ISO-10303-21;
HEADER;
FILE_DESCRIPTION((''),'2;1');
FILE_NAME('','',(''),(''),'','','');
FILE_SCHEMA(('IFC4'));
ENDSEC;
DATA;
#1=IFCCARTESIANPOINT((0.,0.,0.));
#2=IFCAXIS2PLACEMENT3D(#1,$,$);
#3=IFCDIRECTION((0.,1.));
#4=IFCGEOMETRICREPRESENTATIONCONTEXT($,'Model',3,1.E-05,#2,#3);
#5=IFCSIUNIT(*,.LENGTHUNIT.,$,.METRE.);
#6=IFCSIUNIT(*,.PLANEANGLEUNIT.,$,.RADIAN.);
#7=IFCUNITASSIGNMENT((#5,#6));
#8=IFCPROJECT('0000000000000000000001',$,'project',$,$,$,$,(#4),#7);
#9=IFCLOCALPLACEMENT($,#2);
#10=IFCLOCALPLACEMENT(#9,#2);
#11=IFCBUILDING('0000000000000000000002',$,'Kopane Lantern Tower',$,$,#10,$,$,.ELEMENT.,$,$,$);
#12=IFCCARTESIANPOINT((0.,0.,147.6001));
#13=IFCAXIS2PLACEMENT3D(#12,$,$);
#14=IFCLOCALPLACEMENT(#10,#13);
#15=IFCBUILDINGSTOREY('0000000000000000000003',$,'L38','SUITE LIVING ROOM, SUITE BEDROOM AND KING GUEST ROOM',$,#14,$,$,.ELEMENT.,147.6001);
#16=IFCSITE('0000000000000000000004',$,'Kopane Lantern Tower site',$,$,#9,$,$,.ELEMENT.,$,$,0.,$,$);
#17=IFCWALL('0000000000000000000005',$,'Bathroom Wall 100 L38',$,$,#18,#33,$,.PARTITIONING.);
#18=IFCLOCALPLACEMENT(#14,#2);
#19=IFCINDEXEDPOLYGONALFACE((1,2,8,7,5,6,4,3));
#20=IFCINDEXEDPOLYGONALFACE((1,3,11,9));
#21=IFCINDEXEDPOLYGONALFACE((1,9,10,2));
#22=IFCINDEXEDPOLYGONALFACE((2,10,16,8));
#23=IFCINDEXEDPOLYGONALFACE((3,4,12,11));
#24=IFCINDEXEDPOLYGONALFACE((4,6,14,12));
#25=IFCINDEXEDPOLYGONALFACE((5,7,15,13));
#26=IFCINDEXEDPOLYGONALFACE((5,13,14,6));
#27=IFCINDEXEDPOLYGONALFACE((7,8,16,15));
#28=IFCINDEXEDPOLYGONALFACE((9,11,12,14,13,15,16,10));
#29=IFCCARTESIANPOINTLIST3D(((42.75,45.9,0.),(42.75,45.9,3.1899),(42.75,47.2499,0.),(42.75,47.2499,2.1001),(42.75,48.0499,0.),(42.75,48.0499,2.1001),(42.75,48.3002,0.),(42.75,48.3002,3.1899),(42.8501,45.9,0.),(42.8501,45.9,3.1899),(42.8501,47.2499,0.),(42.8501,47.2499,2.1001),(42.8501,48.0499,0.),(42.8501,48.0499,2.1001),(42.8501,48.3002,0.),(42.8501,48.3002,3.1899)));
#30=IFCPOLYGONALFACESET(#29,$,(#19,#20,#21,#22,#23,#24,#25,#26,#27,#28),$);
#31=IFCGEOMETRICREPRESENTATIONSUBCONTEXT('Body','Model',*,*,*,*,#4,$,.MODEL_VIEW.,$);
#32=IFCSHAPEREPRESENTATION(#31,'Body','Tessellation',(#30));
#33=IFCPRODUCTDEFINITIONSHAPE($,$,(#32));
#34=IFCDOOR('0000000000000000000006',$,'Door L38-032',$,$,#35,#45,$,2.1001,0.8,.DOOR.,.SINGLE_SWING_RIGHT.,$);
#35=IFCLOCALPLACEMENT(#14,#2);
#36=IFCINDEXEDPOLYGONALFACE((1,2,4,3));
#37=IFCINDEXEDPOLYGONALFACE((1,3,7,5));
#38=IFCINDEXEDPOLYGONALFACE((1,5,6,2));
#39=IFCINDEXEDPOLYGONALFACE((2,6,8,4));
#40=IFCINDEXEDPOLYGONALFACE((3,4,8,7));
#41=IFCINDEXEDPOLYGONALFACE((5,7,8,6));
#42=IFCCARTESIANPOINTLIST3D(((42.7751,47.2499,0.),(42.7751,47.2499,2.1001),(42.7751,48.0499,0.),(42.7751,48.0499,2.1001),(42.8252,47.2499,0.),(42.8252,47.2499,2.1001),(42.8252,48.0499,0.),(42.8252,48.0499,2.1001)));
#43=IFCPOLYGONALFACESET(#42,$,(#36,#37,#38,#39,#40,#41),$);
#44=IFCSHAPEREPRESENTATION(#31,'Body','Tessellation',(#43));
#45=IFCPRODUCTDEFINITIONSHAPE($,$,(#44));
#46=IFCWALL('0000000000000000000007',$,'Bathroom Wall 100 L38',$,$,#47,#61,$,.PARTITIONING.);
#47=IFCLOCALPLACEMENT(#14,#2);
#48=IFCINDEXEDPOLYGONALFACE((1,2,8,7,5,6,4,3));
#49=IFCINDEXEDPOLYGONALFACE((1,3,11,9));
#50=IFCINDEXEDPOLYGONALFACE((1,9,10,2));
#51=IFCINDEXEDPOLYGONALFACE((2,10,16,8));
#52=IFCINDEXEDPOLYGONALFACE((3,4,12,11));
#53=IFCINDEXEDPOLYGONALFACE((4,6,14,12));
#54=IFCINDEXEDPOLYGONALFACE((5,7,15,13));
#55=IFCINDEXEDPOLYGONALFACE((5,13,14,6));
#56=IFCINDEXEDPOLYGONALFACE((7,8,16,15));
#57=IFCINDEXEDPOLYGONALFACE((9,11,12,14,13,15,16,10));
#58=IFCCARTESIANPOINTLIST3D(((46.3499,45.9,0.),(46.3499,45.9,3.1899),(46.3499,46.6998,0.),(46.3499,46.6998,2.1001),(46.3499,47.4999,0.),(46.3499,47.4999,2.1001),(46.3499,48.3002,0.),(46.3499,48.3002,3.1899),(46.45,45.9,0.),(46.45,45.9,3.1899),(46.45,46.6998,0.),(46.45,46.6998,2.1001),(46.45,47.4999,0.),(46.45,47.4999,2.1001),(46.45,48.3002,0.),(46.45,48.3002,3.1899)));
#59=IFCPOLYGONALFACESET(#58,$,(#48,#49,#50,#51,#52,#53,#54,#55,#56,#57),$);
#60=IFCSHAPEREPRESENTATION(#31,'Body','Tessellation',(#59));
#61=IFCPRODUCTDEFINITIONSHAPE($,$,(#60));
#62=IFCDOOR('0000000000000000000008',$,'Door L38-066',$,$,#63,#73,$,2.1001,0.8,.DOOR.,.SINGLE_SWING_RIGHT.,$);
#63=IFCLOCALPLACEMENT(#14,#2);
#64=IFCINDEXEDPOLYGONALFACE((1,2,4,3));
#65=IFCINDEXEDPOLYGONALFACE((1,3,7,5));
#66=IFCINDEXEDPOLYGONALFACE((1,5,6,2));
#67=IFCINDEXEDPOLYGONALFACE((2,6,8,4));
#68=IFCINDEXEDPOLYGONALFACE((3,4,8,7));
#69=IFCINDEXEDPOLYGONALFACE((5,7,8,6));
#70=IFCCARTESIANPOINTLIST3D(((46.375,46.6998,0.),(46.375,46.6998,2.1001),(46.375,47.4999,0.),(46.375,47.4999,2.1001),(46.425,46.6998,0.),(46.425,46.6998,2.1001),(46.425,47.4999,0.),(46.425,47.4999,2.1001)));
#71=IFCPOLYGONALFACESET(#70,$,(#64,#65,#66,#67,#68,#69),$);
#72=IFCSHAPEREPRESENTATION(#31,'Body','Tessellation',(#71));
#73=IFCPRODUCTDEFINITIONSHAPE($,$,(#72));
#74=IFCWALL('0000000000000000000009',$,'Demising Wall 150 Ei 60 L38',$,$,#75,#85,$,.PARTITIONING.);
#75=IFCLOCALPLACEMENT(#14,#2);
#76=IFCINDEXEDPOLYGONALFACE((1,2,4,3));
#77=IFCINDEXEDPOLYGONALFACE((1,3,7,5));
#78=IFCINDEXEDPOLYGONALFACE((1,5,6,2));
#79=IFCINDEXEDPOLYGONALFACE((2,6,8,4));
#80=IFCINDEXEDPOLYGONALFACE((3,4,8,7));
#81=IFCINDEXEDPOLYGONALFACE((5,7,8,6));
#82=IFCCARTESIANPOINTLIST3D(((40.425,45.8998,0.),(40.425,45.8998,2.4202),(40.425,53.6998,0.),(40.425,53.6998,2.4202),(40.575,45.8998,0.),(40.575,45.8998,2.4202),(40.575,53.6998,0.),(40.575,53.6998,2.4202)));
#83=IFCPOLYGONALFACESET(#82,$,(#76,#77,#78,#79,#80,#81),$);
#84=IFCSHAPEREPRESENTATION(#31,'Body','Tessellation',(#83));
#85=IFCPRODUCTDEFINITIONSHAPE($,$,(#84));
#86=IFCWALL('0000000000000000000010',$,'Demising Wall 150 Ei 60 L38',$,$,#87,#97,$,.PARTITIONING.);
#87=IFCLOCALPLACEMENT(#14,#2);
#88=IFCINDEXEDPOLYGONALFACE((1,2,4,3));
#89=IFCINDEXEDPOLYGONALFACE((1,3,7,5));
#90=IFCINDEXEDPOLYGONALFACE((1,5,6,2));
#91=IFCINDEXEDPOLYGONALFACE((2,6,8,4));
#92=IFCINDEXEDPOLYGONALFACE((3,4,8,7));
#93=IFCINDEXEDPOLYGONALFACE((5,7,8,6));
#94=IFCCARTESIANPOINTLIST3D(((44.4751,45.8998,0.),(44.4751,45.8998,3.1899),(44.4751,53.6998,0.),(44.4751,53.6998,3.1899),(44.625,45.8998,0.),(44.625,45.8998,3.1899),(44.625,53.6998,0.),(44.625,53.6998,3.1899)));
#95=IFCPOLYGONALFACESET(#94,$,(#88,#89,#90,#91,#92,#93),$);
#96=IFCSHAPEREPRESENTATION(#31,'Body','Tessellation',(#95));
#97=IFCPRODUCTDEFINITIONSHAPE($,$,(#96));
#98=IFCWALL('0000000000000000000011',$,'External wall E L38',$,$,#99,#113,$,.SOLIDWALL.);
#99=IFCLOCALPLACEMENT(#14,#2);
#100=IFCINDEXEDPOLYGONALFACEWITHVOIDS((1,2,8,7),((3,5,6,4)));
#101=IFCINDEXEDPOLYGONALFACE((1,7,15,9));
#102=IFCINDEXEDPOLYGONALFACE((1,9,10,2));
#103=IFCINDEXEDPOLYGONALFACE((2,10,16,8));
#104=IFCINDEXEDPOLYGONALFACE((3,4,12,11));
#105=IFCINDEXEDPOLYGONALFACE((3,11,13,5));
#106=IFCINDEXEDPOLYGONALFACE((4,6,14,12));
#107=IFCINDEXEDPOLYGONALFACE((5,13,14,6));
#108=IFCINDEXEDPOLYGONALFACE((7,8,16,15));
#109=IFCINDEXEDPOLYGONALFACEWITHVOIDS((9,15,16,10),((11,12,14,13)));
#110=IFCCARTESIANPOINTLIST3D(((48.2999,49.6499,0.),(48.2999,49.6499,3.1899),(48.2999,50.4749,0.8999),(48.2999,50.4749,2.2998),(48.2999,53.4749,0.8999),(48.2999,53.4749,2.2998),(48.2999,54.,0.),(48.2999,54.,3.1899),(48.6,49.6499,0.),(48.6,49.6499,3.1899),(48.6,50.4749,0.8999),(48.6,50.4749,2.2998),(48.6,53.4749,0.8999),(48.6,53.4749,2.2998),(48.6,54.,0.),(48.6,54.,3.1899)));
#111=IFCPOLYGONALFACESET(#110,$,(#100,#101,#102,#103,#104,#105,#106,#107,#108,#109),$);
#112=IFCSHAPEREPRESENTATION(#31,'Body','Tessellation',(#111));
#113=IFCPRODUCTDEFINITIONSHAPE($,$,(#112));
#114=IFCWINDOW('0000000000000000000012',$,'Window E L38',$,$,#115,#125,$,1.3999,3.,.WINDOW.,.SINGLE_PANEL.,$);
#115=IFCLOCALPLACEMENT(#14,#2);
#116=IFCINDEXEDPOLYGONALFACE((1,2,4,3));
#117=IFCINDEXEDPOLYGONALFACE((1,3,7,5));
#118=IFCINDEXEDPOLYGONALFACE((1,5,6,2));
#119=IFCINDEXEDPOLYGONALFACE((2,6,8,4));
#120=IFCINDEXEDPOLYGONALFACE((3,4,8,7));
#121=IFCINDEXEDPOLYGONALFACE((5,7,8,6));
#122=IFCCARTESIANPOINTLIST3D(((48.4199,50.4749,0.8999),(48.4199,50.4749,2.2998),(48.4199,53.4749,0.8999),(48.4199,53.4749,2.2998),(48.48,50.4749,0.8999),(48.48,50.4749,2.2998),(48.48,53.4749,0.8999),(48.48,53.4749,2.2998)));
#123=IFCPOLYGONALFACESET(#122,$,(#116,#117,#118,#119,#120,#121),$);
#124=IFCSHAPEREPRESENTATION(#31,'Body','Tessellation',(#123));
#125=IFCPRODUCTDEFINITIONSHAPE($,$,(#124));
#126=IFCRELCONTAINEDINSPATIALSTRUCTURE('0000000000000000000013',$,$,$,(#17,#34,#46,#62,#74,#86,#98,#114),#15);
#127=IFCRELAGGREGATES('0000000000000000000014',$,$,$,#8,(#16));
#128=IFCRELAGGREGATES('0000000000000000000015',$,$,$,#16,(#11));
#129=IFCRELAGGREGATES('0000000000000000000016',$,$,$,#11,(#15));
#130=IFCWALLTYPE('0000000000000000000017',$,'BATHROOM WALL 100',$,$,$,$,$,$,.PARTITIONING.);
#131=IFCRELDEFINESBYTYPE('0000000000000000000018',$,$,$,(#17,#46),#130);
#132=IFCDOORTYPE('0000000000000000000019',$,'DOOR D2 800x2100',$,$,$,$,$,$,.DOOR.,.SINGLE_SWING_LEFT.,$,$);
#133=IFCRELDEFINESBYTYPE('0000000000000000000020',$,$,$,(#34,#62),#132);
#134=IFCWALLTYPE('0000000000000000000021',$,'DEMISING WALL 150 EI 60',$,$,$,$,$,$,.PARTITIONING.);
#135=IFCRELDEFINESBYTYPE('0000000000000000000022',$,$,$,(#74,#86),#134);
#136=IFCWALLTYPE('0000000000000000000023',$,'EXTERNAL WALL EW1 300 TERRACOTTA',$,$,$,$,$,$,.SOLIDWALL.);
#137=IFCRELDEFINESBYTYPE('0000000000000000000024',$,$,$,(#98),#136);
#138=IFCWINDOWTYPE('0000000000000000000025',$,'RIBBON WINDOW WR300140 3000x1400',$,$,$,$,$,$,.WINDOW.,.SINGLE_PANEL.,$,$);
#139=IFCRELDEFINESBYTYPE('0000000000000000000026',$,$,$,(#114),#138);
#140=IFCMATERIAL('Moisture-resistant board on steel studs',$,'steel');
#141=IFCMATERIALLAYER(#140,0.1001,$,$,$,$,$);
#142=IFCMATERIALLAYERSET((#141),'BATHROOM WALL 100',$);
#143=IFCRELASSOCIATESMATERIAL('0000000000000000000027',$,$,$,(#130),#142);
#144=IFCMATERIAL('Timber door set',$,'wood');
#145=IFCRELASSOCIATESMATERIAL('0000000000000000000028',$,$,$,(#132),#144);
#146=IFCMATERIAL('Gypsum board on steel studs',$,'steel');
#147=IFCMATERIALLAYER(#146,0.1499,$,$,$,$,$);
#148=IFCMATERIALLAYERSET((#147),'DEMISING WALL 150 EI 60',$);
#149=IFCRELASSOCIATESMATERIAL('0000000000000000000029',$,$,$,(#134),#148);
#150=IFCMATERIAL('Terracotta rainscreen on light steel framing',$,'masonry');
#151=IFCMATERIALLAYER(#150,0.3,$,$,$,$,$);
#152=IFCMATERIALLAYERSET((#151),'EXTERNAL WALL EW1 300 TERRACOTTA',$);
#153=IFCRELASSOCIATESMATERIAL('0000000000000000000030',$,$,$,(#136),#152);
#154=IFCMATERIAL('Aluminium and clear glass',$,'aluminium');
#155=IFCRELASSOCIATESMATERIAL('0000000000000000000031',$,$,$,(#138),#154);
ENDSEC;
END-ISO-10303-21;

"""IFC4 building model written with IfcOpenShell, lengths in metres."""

from ifc_helpers import new_model, si_unit, direction, frame, frame_2d, origin, place, context, subcontext, project, spatial, rectangle, extrude, material, layer, layer_set, type_object, element, fill, save


model = new_model("IFC4")

# Units and contexts
model_context = context("Model", 3, precision=1e-05, world=origin(), true_north=direction((0.0, 1.0)))
body_context = subcontext(model_context, "Body", "Model", "MODEL_VIEW")
ifc_project = project(units=[si_unit("LENGTHUNIT", "METRE"), si_unit("PLANEANGLEUNIT", "RADIAN")], contexts=[model_context])

# Site, building, storey
site_placement = place(None, origin())
site = spatial("IfcSite", under=ifc_project, at=site_placement, Name="Kopane Lantern Tower site", CompositionType="ELEMENT", RefElevation=0.0)
building_placement = place(site_placement, origin())
building = spatial("IfcBuilding", under=site, at=building_placement, Name="Kopane Lantern Tower", CompositionType="ELEMENT")
storey_placement = place(building_placement, frame((0.0, 0.0, 147.6001)))
storey = spatial("IfcBuildingStorey", under=building, at=storey_placement, Name="L38", Description="SUITE LIVING ROOM, SUITE BEDROOM AND KING GUEST ROOM", CompositionType="ELEMENT", Elevation=147.6001)

# Walls, openings, doors
ifc_material_1 = material(Name="Moisture-resistant board on steel studs", Category="steel")
ifc_layer_1 = layer(ifc_material_1, 0.1001)
ifc_layer_set_1 = layer_set([ifc_layer_1], Name="BATHROOM WALL 100")
wall_type_1 = type_object("IfcWallType", Name="BATHROOM WALL 100", PredefinedType="PARTITIONING", material=ifc_layer_set_1)
wall_1_placement = place(storey_placement, frame((42.8, 45.8999, 0.0), z_axis=(0.0, 0.0, 1.0), x_axis=(0.0, 1.0, 0.0)))
wall_1 = element("IfcWall", 1, at=wall_1_placement, inside=storey, type_object=wall_type_1, Name="Bathroom Wall 100 L38", PredefinedType="PARTITIONING", context=body_context, shape_type="SweptSolid", body=[
    extrude(rectangle(XDim=2.4001, YDim=0.1001, at=frame_2d((1.2002, 0.0))), origin(), (0.0, 0.0, 1.0), 3.1899),
])
opening_1_placement = place(wall_1_placement, frame((1.3501, 0.0, 0.0)))
opening_1 = element("IfcOpeningElement", 2, at=opening_1_placement, cuts=wall_1, PredefinedType="OPENING", context=body_context, shape_type="SweptSolid", body=[
    extrude(rectangle(XDim=0.8, YDim=2.1001, at=frame_2d((0.3999, 1.05))), frame((0.0, 0.0601, 0.0), z_axis=(0.0, -1.0, 0.0), x_axis=(1.0, 0.0, 0.0)), (0.0, 0.0, 1.0), 0.1201),
])
ifc_material_2 = material(Name="Timber door set", Category="wood")
door_type_1 = type_object("IfcDoorType", Name="DOOR D2 800x2100", OperationType="SINGLE_SWING_LEFT", PredefinedType="DOOR", material=ifc_material_2)
door_1_placement = place(opening_1_placement, origin())
door_1 = element("IfcDoor", 3, at=door_1_placement, inside=storey, type_object=door_type_1, Name="Door L38-032", OperationType="SINGLE_SWING_RIGHT", OverallHeight=2.1001, OverallWidth=0.8, PredefinedType="DOOR", context=body_context, shape_type="SweptSolid", body=[
    extrude(rectangle(XDim=0.8, YDim=2.1001, at=frame_2d((0.3999, 1.05))), frame((0.0, 0.0249, 0.0), z_axis=(0.0, -1.0, 0.0), x_axis=(1.0, 0.0, 0.0)), (0.0, 0.0, 1.0), 0.05),
])
fill(opening_1, door_1)
wall_2_placement = place(storey_placement, frame((46.3999, 45.8999, 0.0), z_axis=(0.0, 0.0, 1.0), x_axis=(0.0, 1.0, 0.0)))
wall_2 = element("IfcWall", 4, at=wall_2_placement, inside=storey, type_object=wall_type_1, Name="Bathroom Wall 100 L38", PredefinedType="PARTITIONING", context=body_context, shape_type="SweptSolid", body=[
    extrude(rectangle(XDim=2.4001, YDim=0.1001, at=frame_2d((1.2002, 0.0))), origin(), (0.0, 0.0, 1.0), 3.1899),
])
opening_2_placement = place(wall_2_placement, frame((0.8, 0.0, 0.0)))
opening_2 = element("IfcOpeningElement", 5, at=opening_2_placement, cuts=wall_2, PredefinedType="OPENING", context=body_context, shape_type="SweptSolid", body=[
    extrude(rectangle(XDim=0.8, YDim=2.1001, at=frame_2d((0.3999, 1.05))), frame((0.0, 0.0601, 0.0), z_axis=(0.0, -1.0, 0.0), x_axis=(1.0, 0.0, 0.0)), (0.0, 0.0, 1.0), 0.1201),
])
door_2_placement = place(opening_2_placement, origin())
door_2 = element("IfcDoor", 6, at=door_2_placement, inside=storey, type_object=door_type_1, Name="Door L38-066", OperationType="SINGLE_SWING_RIGHT", OverallHeight=2.1001, OverallWidth=0.8, PredefinedType="DOOR", context=body_context, shape_type="SweptSolid", body=[
    extrude(rectangle(XDim=0.8, YDim=2.1001, at=frame_2d((0.3999, 1.05))), frame((0.0, 0.0249, 0.0), z_axis=(0.0, -1.0, 0.0), x_axis=(1.0, 0.0, 0.0)), (0.0, 0.0, 1.0), 0.05),
])
fill(opening_2, door_2)

# Walls
ifc_material_3 = material(Name="Gypsum board on steel studs", Category="steel")
ifc_layer_2 = layer(ifc_material_3, 0.1499)
ifc_layer_set_2 = layer_set([ifc_layer_2], Name="DEMISING WALL 150 EI 60")
wall_type_2 = type_object("IfcWallType", Name="DEMISING WALL 150 EI 60", PredefinedType="PARTITIONING", material=ifc_layer_set_2)
wall_3_placement = place(storey_placement, frame((40.5, 45.8999, 0.0), z_axis=(0.0, 0.0, 1.0), x_axis=(0.0, 1.0, 0.0)))
element("IfcWall", 7, at=wall_3_placement, inside=storey, type_object=wall_type_2, Name="Demising Wall 150 Ei 60 L38", PredefinedType="PARTITIONING", context=body_context, shape_type="SweptSolid", body=[
    extrude(rectangle(XDim=7.8, YDim=0.1499, at=frame_2d((3.8999, 0.0))), origin(), (0.0, 0.0, 1.0), 2.4202),
])
wall_4_placement = place(storey_placement, frame((44.55, 45.8999, 0.0), z_axis=(0.0, 0.0, 1.0), x_axis=(0.0, 1.0, 0.0)))
element("IfcWall", 8, at=wall_4_placement, inside=storey, type_object=wall_type_2, Name="Demising Wall 150 Ei 60 L38", PredefinedType="PARTITIONING", context=body_context, shape_type="SweptSolid", body=[
    extrude(rectangle(XDim=7.8, YDim=0.1499, at=frame_2d((3.8999, 0.0))), origin(), (0.0, 0.0, 1.0), 3.1899),
])

# Wall, opening, window
ifc_material_4 = material(Name="Terracotta rainscreen on light steel framing", Category="masonry")
ifc_layer_3 = layer(ifc_material_4, 0.3)
ifc_layer_set_3 = layer_set([ifc_layer_3], Name="EXTERNAL WALL EW1 300 TERRACOTTA")
wall_type_3 = type_object("IfcWallType", Name="EXTERNAL WALL EW1 300 TERRACOTTA", PredefinedType="SOLIDWALL", material=ifc_layer_set_3)
wall_5_placement = place(storey_placement, frame((48.45, 49.6499, 0.0), z_axis=(0.0, 0.0, 1.0), x_axis=(0.0, 1.0, 0.0)))
wall_5 = element("IfcWall", 9, at=wall_5_placement, inside=storey, type_object=wall_type_3, Name="External wall E L38", PredefinedType="SOLIDWALL", context=body_context, shape_type="SweptSolid", body=[
    extrude(rectangle(XDim=4.3501, YDim=0.3, at=frame_2d((2.175, 0.0))), origin(), (0.0, 0.0, 1.0), 3.1899),
])
opening_3_placement = place(wall_5_placement, frame((0.825, 0.0, 0.8999)))
opening_3 = element("IfcOpeningElement", 10, at=opening_3_placement, cuts=wall_5, PredefinedType="OPENING", context=body_context, shape_type="SweptSolid", body=[
    extrude(rectangle(XDim=3.0, YDim=1.3999, at=frame_2d((1.5, 0.7))), frame((0.0, 0.1599, 0.0), z_axis=(0.0, -1.0, 0.0), x_axis=(1.0, 0.0, 0.0)), (0.0, 0.0, 1.0), 0.3201),
])
ifc_material_5 = material(Name="Aluminium and clear glass", Category="aluminium")
window_type = type_object("IfcWindowType", Name="RIBBON WINDOW WR300140 3000x1400", PartitioningType="SINGLE_PANEL", PredefinedType="WINDOW", material=ifc_material_5)
window_1_placement = place(opening_3_placement, origin())
window_1 = element("IfcWindow", 11, at=window_1_placement, inside=storey, type_object=window_type, Name="Window E L38", OverallHeight=1.3999, OverallWidth=3.0, PartitioningType="SINGLE_PANEL", PredefinedType="WINDOW", context=body_context, shape_type="SweptSolid", body=[
    extrude(rectangle(XDim=3.0, YDim=1.3999, at=frame_2d((1.5, 0.7))), frame((0.0, 0.03, 0.0), z_axis=(0.0, -1.0, 0.0), x_axis=(1.0, 0.0, 0.0)), (0.0, 0.0, 1.0), 0.0601),
])
fill(opening_3, window_1)

save(model, "model.ifc")
